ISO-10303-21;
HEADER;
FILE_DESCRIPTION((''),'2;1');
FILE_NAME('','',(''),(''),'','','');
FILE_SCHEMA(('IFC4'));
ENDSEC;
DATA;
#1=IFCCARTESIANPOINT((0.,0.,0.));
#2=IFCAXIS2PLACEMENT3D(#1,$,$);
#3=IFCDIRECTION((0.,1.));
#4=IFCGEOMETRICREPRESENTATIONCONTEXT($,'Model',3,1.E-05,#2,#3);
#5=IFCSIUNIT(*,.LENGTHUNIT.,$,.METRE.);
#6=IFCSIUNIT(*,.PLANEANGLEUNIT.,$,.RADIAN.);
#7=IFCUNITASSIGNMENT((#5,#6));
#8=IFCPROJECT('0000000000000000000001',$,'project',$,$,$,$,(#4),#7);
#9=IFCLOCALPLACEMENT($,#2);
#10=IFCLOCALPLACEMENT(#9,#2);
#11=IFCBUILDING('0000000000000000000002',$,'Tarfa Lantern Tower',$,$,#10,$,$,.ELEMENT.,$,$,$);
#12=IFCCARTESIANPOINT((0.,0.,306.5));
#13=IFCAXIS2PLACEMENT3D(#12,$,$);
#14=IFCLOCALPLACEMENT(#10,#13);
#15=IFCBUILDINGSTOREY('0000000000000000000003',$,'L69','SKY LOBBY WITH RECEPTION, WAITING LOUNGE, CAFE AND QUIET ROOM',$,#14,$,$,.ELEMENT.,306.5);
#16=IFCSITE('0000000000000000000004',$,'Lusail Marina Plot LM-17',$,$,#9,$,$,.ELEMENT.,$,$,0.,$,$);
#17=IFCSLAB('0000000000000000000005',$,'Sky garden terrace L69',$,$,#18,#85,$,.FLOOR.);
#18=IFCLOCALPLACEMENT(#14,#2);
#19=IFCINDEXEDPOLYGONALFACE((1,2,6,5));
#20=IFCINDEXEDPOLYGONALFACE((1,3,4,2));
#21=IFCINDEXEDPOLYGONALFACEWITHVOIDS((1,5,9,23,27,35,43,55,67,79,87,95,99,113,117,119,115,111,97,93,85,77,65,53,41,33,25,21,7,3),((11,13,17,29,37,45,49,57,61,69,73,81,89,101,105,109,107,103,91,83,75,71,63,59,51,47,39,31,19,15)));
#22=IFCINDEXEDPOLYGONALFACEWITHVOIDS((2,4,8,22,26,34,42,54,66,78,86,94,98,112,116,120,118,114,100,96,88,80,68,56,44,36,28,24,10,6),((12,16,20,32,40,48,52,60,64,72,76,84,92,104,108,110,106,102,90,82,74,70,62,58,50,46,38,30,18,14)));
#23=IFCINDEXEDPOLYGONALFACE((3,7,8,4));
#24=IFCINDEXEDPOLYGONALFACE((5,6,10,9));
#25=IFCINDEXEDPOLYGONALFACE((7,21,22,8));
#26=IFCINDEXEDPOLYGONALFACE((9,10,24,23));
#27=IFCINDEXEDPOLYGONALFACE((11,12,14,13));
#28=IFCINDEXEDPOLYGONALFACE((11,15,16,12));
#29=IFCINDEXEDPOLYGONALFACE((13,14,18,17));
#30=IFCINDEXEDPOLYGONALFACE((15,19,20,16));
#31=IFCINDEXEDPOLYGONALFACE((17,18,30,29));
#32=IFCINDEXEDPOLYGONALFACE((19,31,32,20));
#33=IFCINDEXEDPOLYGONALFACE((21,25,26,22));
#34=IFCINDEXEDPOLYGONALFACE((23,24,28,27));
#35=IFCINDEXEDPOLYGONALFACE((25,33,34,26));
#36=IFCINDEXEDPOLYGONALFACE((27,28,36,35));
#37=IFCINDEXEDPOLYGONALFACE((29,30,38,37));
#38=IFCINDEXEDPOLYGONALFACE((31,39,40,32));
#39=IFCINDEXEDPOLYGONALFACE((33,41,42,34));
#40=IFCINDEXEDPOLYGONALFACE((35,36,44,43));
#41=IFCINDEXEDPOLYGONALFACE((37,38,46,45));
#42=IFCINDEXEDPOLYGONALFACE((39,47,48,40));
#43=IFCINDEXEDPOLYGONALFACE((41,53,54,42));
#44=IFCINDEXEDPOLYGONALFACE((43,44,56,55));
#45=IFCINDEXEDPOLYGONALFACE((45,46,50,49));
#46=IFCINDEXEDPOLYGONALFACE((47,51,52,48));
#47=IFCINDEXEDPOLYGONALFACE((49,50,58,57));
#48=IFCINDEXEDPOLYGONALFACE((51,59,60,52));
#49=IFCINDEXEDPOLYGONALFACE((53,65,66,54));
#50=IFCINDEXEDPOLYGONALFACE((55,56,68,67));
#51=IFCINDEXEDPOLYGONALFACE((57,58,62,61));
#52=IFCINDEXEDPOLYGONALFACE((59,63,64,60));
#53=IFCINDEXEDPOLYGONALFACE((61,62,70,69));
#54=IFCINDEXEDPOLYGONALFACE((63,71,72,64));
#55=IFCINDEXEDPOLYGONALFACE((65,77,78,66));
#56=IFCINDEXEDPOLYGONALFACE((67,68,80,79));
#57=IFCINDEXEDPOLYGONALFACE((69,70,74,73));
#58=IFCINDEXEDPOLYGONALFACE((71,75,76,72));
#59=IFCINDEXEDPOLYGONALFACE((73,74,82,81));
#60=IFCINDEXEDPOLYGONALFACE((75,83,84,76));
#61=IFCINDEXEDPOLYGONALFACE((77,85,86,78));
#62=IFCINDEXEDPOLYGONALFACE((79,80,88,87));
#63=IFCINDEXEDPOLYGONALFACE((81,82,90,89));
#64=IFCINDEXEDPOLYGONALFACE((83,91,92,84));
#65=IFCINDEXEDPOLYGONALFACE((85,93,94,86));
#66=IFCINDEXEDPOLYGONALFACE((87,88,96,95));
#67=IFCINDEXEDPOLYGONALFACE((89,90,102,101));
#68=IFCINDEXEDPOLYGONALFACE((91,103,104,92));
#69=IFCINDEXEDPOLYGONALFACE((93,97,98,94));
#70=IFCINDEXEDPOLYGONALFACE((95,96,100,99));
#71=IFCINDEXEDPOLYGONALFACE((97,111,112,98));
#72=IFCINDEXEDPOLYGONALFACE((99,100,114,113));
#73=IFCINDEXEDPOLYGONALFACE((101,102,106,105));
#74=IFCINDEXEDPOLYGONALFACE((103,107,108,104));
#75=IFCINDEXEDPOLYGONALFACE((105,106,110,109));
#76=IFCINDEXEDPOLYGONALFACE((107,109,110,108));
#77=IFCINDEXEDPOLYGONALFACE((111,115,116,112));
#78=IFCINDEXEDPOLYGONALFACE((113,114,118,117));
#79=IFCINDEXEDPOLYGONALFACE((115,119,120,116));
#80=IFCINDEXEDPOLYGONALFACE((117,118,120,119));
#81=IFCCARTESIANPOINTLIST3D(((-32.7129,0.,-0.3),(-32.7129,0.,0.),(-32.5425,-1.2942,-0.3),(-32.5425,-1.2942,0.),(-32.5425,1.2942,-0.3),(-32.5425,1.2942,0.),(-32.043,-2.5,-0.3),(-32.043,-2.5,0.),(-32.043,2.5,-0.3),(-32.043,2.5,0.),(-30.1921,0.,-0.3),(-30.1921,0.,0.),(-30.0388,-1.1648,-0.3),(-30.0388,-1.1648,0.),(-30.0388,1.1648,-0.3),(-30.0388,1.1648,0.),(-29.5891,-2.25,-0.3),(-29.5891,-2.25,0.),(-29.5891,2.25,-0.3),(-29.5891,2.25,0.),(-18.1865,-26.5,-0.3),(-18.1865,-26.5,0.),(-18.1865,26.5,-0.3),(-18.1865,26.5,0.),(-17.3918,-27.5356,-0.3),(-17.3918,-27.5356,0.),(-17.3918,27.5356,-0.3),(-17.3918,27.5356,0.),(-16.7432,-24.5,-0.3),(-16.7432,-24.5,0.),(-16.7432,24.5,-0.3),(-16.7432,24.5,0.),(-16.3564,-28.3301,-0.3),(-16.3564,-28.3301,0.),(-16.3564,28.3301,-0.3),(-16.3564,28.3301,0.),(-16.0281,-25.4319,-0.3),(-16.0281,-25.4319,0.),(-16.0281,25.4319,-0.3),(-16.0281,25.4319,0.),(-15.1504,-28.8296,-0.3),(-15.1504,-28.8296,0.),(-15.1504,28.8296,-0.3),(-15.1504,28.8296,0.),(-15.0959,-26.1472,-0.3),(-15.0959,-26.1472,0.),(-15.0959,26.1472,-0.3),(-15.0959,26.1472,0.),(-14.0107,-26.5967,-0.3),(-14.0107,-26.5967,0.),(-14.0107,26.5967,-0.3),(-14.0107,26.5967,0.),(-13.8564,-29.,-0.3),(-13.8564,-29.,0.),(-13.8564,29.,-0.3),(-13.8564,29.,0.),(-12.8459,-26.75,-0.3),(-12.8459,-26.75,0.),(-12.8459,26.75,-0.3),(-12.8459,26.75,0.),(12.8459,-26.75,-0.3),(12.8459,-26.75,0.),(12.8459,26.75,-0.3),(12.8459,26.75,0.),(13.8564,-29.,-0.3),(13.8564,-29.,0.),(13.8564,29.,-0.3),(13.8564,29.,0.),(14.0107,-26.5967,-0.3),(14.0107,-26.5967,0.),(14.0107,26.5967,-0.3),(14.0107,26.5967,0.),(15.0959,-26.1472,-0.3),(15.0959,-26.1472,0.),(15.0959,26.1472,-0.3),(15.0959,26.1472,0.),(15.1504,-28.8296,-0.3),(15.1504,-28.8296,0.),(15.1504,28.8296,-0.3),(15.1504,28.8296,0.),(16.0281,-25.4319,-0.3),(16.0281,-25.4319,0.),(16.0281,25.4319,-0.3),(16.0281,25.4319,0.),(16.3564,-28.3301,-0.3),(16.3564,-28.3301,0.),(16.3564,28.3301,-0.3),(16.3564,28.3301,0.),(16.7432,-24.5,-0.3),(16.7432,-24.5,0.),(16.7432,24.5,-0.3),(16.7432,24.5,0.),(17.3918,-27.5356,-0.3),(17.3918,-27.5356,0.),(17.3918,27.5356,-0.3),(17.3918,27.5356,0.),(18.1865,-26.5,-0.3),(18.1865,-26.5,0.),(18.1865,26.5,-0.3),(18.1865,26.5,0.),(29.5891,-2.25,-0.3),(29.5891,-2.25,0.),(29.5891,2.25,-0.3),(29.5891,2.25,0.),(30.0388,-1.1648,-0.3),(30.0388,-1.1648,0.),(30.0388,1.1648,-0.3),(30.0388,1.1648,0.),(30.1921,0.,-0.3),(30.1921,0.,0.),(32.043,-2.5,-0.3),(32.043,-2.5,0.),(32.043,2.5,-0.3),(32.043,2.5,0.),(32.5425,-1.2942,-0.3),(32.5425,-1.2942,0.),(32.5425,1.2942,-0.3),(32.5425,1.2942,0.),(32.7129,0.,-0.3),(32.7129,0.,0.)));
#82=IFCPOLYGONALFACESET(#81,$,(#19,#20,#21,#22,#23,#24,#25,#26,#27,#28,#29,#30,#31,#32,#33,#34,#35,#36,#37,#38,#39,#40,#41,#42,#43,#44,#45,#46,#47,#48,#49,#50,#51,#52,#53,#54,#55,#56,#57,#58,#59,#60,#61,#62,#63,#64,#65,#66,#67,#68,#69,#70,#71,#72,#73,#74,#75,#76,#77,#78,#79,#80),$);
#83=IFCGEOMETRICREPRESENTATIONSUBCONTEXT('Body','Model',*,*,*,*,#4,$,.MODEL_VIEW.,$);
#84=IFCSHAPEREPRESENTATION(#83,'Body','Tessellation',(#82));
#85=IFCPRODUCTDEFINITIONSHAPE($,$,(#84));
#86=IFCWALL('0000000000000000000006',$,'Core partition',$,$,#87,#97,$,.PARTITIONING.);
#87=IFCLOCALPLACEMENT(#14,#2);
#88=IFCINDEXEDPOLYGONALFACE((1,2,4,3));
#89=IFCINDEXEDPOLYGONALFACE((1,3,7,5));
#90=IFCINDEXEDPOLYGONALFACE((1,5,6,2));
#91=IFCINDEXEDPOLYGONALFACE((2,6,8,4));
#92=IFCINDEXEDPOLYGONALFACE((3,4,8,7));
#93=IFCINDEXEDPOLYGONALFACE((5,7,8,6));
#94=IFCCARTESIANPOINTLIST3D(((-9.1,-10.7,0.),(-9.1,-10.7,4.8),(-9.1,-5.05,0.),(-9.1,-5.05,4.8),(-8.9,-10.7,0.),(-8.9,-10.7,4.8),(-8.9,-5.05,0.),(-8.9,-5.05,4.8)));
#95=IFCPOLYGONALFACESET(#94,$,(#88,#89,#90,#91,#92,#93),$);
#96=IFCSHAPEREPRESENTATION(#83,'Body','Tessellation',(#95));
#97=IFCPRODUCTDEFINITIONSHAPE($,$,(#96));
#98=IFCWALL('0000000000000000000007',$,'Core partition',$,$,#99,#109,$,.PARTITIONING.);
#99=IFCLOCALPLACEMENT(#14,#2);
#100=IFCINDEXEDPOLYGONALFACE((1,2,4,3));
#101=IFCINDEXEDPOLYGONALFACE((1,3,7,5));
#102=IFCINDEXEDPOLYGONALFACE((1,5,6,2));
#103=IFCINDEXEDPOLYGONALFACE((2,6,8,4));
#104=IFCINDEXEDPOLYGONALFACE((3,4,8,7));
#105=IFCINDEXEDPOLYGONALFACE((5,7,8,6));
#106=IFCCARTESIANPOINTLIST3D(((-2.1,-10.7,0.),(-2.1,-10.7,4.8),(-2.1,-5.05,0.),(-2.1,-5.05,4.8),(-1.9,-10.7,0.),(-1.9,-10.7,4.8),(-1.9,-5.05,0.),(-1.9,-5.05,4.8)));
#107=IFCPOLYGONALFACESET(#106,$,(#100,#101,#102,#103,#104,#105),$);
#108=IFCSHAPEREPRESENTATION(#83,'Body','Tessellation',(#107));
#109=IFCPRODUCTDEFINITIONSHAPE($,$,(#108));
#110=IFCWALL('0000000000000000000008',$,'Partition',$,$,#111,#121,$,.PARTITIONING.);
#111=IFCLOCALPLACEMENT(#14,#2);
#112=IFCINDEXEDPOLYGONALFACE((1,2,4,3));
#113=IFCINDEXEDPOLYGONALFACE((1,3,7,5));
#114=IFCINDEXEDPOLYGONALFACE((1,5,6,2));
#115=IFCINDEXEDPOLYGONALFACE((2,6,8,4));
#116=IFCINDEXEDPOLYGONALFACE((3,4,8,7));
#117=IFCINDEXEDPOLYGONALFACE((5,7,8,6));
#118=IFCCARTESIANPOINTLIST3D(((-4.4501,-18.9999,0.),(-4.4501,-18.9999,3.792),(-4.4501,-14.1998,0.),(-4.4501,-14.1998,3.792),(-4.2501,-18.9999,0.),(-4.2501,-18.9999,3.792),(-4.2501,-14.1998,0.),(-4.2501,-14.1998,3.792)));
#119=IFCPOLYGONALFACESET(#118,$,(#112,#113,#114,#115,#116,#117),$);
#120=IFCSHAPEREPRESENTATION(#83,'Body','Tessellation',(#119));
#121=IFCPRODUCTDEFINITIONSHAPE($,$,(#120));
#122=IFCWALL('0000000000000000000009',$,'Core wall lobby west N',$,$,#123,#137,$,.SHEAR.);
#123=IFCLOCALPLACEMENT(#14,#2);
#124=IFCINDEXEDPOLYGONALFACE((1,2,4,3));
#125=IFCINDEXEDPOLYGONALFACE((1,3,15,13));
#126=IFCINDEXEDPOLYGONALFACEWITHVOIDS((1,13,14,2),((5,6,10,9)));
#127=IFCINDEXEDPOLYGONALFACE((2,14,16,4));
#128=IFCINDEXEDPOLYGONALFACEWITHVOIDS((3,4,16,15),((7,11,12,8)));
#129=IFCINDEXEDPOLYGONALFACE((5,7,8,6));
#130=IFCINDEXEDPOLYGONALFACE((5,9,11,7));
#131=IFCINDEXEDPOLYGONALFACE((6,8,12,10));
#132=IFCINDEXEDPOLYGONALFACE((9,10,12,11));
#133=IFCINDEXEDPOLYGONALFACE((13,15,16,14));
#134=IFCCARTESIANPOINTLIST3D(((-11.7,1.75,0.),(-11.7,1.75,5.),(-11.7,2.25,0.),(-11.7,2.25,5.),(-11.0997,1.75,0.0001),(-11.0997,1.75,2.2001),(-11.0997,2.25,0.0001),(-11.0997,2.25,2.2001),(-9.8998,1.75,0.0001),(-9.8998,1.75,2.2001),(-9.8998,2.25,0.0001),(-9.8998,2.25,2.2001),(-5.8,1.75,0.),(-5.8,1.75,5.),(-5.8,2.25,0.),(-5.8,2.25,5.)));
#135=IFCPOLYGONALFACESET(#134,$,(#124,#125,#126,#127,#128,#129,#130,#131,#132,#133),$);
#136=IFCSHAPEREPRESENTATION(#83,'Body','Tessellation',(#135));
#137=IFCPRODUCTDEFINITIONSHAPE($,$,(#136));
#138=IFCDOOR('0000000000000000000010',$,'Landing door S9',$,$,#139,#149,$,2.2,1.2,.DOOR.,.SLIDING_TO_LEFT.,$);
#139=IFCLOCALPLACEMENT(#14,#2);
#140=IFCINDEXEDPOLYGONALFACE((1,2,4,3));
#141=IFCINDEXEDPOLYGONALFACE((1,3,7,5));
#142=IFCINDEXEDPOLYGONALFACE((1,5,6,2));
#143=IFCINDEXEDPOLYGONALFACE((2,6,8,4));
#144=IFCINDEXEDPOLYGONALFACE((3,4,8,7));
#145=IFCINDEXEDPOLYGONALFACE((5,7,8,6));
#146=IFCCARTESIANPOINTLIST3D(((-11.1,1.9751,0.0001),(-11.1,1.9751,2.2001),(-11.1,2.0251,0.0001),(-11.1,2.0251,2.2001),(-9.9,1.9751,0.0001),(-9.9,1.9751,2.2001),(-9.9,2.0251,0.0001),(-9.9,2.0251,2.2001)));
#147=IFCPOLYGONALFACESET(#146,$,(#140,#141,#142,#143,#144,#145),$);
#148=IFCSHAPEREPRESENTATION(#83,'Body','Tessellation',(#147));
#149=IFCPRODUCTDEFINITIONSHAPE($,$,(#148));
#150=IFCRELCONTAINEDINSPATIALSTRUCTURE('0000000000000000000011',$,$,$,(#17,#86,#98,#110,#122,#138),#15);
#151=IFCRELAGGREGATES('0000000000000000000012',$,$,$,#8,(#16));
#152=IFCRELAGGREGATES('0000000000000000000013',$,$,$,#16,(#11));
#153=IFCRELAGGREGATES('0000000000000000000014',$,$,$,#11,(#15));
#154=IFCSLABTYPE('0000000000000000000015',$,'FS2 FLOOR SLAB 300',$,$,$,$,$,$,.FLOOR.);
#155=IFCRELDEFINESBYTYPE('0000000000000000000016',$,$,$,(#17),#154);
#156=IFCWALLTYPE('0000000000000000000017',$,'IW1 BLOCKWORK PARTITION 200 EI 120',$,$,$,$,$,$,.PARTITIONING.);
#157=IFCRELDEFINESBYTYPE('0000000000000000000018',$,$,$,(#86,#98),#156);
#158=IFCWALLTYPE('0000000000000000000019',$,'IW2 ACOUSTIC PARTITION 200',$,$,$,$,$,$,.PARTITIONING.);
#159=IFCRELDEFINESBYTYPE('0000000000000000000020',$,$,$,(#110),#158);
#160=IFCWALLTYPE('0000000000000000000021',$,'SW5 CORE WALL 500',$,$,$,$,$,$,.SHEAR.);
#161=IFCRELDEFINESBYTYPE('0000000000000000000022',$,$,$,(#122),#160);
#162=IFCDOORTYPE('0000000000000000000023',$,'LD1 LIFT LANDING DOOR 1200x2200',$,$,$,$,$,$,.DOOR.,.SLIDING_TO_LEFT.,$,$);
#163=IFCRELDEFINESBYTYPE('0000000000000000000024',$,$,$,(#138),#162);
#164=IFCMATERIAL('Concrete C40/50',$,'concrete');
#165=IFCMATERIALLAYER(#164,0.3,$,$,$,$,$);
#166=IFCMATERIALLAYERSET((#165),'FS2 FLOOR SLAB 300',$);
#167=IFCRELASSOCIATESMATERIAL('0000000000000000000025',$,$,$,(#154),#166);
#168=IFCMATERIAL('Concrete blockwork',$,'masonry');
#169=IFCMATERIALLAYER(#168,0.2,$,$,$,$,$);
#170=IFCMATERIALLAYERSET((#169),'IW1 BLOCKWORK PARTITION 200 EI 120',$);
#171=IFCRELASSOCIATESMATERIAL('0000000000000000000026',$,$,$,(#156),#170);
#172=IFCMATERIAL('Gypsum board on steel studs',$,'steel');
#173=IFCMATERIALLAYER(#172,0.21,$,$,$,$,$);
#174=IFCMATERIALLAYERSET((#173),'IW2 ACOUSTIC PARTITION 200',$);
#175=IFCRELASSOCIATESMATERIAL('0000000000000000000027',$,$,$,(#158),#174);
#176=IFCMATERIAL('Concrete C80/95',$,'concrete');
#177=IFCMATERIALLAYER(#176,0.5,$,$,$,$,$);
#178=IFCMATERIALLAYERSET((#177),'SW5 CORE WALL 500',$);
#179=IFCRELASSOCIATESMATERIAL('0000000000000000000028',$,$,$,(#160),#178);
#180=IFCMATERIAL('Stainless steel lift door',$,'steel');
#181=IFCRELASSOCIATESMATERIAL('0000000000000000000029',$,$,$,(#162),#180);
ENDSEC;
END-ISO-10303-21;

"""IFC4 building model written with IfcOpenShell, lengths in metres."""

from ifc_helpers import new_model, si_unit, direction, frame, frame_2d, origin, place, context, subcontext, project, spatial, polyline, rectangle, outline, extrude, material, layer, layer_set, type_object, element, fill, save


model = new_model("IFC4")

# Units and contexts
model_context = context("Model", 3, precision=1e-05, world=origin(), true_north=direction((0.0, 1.0)))
body_context = subcontext(model_context, "Body", "Model", "MODEL_VIEW")
ifc_project = project(units=[si_unit("LENGTHUNIT", "METRE"), si_unit("PLANEANGLEUNIT", "RADIAN")], contexts=[model_context])

# Site, building, storey
site_placement = place(None, origin())
site = spatial("IfcSite", under=ifc_project, at=site_placement, Name="Lusail Marina Plot LM-17", CompositionType="ELEMENT", RefElevation=0.0)
building_placement = place(site_placement, origin())
building = spatial("IfcBuilding", under=site, at=building_placement, Name="Tarfa Lantern Tower", CompositionType="ELEMENT")
storey_placement = place(building_placement, frame((0.0, 0.0, 306.5)))
storey = spatial("IfcBuildingStorey", under=building, at=storey_placement, Name="L69", Description="SKY LOBBY WITH RECEPTION, WAITING LOUNGE, CAFE AND QUIET ROOM", CompositionType="ELEMENT", Elevation=306.5)

# Slab
ifc_material_1 = material(Name="Concrete C40/50", Category="concrete")
ifc_layer_1 = layer(ifc_material_1, 0.3)
ifc_layer_set_1 = layer_set([ifc_layer_1], Name="FS2 FLOOR SLAB 300")
slab_type = type_object("IfcSlabType", Name="FS2 FLOOR SLAB 300", PredefinedType="FLOOR", material=ifc_layer_set_1)
slab_1_placement = place(storey_placement, frame((0.0, 0.0, -0.3)))
element("IfcSlab", 1, at=slab_1_placement, inside=storey, type_object=slab_type, Name="Sky garden terrace L69", PredefinedType="FLOOR", context=body_context, shape_type="SweptSolid", body=[
    extrude(outline(polyline([(32.043, 2.5), (18.1865, 26.5), (17.3918, 27.5356), (16.3564, 28.3301), (15.1504, 28.8296), (13.8564, 29.0), (-13.8564, 29.0), (-15.1504, 28.8296), (-16.3564, 28.3301), (-17.3918, 27.5356), (-18.1865, 26.5), (-32.043, 2.5), (-32.5425, 1.2942), (-32.7129, 0.0), (-32.5425, -1.2942), (-32.043, -2.5), (-18.1865, -26.5), (-17.3918, -27.5356), (-16.3564, -28.3301), (-15.1504, -28.8296), (-13.8564, -29.0), (13.8564, -29.0), (15.1504, -28.8296), (16.3564, -28.3301), (17.3918, -27.5356), (18.1865, -26.5), (32.043, -2.5), (32.5425, -1.2942), (32.7129, 0.0), (32.5425, 1.2942), (32.043, 2.5)]), holes=[polyline([(29.5891, 2.25), (16.7432, 24.5), (16.0281, 25.4319), (15.0959, 26.1472), (14.0107, 26.5967), (12.8459, 26.75), (-12.8459, 26.75), (-14.0107, 26.5967), (-15.0959, 26.1472), (-16.0281, 25.4319), (-16.7432, 24.5), (-29.5891, 2.25), (-30.0388, 1.1648), (-30.1921, 0.0), (-30.0388, -1.1648), (-29.5891, -2.25), (-16.7432, -24.5), (-16.0281, -25.4319), (-15.0959, -26.1472), (-14.0107, -26.5967), (-12.8459, -26.75), (12.8459, -26.75), (14.0107, -26.5967), (15.0959, -26.1472), (16.0281, -25.4319), (16.7432, -24.5), (29.5891, -2.25), (30.0388, -1.1648), (30.1921, 0.0), (30.0388, 1.1648), (29.5891, 2.25)])]), origin(), (0.0, 0.0, 1.0), 0.3),
])

# Walls
ifc_material_2 = material(Name="Concrete blockwork", Category="masonry")
ifc_layer_2 = layer(ifc_material_2, 0.2)
ifc_layer_set_2 = layer_set([ifc_layer_2], Name="IW1 BLOCKWORK PARTITION 200 EI 120")
wall_type_1 = type_object("IfcWallType", Name="IW1 BLOCKWORK PARTITION 200 EI 120", PredefinedType="PARTITIONING", material=ifc_layer_set_2)
for number, where, z_axis, x_axis, name in (
    (2, (-9.0, -5.05, 0.0), (0.0, 0.0, 1.0), (0.0, -1.0, 0.0), "Core partition"),
    (3, (-2.0, -5.05, 0.0), (0.0, 0.0, 1.0), (0.0, -1.0, 0.0), "Core partition"),
):
    element("IfcWall", number, at=place(storey_placement, frame(where, z_axis=z_axis, x_axis=x_axis)), inside=storey, type_object=wall_type_1, Name=name, PredefinedType="PARTITIONING", context=body_context, shape_type="SweptSolid", body=[
        extrude(rectangle(XDim=5.6499, YDim=0.2, at=frame_2d((2.825, 0.0))), origin(), (0.0, 0.0, 1.0), 4.8),
    ])
ifc_material_3 = material(Name="Gypsum board on steel studs", Category="steel")
ifc_layer_3 = layer(ifc_material_3, 0.21)
ifc_layer_set_3 = layer_set([ifc_layer_3], Name="IW2 ACOUSTIC PARTITION 200")
wall_type_2 = type_object("IfcWallType", Name="IW2 ACOUSTIC PARTITION 200", PredefinedType="PARTITIONING", material=ifc_layer_set_3)
wall_1_placement = place(storey_placement, frame((-4.3501, -14.2, 0.0), z_axis=(0.0, 0.0, 1.0), x_axis=(0.0, -1.0, 0.0)))
element("IfcWall", 4, at=wall_1_placement, inside=storey, type_object=wall_type_2, Name="Partition", PredefinedType="PARTITIONING", context=body_context, shape_type="SweptSolid", body=[
    extrude(rectangle(XDim=4.8, YDim=0.2, at=frame_2d((2.3999, 0.0))), origin(), (0.0, 0.0, 1.0), 3.792),
])

# Wall, opening, door
ifc_material_4 = material(Name="Concrete C80/95", Category="concrete")
ifc_layer_4 = layer(ifc_material_4, 0.5)
ifc_layer_set_4 = layer_set([ifc_layer_4], Name="SW5 CORE WALL 500")
wall_type_3 = type_object("IfcWallType", Name="SW5 CORE WALL 500", PredefinedType="SHEAR", material=ifc_layer_set_4)
wall_2_placement = place(storey_placement, frame((-11.7, 2.0, 0.0), z_axis=(0.0, 0.0, 1.0), x_axis=(1.0, 0.0, 0.0)))
wall_2 = element("IfcWall", 5, at=wall_2_placement, inside=storey, type_object=wall_type_3, Name="Core wall lobby west N", PredefinedType="SHEAR", context=body_context, shape_type="SweptSolid", body=[
    extrude(rectangle(XDim=5.8999, YDim=0.5, at=frame_2d((2.95, 0.0))), origin(), (0.0, 0.0, 1.0), 5.0),
])
opening_1_placement = place(wall_2_placement, frame((0.6001, 0.0, 0.0)))
opening_1 = element("IfcOpeningElement", 6, at=opening_1_placement, cuts=wall_2, PredefinedType="OPENING", context=body_context, shape_type="SweptSolid", body=[
    extrude(rectangle(XDim=1.2, YDim=2.2, at=frame_2d((0.6001, 1.1001))), frame((0.0, 0.26, 0.0), z_axis=(0.0, -1.0, 0.0), x_axis=(1.0, 0.0, 0.0)), (0.0, 0.0, 1.0), 0.52),
])
ifc_material_5 = material(Name="Stainless steel lift door", Category="steel")
door_type_1 = type_object("IfcDoorType", Name="LD1 LIFT LANDING DOOR 1200x2200", OperationType="SLIDING_TO_LEFT", PredefinedType="DOOR", material=ifc_material_5)
door_1_placement = place(opening_1_placement, frame((1.2, 0.0, 0.0), z_axis=(0.0, 0.0, 1.0), x_axis=(-1.0, 0.0, 0.0)))
door_1 = element("IfcDoor", 7, at=door_1_placement, inside=storey, type_object=door_type_1, Name="Landing door S9", OperationType="SLIDING_TO_LEFT", OverallHeight=2.2, OverallWidth=1.2, PredefinedType="DOOR", context=body_context, shape_type="SweptSolid", body=[
    extrude(rectangle(XDim=1.2, YDim=2.2, at=frame_2d((0.6001, 1.1001))), frame((0.0, 0.0249, 0.0), z_axis=(0.0, -1.0, 0.0), x_axis=(1.0, 0.0, 0.0)), (0.0, 0.0, 1.0), 0.05),
])
fill(opening_1, door_1)

save(model, "model.ifc")
